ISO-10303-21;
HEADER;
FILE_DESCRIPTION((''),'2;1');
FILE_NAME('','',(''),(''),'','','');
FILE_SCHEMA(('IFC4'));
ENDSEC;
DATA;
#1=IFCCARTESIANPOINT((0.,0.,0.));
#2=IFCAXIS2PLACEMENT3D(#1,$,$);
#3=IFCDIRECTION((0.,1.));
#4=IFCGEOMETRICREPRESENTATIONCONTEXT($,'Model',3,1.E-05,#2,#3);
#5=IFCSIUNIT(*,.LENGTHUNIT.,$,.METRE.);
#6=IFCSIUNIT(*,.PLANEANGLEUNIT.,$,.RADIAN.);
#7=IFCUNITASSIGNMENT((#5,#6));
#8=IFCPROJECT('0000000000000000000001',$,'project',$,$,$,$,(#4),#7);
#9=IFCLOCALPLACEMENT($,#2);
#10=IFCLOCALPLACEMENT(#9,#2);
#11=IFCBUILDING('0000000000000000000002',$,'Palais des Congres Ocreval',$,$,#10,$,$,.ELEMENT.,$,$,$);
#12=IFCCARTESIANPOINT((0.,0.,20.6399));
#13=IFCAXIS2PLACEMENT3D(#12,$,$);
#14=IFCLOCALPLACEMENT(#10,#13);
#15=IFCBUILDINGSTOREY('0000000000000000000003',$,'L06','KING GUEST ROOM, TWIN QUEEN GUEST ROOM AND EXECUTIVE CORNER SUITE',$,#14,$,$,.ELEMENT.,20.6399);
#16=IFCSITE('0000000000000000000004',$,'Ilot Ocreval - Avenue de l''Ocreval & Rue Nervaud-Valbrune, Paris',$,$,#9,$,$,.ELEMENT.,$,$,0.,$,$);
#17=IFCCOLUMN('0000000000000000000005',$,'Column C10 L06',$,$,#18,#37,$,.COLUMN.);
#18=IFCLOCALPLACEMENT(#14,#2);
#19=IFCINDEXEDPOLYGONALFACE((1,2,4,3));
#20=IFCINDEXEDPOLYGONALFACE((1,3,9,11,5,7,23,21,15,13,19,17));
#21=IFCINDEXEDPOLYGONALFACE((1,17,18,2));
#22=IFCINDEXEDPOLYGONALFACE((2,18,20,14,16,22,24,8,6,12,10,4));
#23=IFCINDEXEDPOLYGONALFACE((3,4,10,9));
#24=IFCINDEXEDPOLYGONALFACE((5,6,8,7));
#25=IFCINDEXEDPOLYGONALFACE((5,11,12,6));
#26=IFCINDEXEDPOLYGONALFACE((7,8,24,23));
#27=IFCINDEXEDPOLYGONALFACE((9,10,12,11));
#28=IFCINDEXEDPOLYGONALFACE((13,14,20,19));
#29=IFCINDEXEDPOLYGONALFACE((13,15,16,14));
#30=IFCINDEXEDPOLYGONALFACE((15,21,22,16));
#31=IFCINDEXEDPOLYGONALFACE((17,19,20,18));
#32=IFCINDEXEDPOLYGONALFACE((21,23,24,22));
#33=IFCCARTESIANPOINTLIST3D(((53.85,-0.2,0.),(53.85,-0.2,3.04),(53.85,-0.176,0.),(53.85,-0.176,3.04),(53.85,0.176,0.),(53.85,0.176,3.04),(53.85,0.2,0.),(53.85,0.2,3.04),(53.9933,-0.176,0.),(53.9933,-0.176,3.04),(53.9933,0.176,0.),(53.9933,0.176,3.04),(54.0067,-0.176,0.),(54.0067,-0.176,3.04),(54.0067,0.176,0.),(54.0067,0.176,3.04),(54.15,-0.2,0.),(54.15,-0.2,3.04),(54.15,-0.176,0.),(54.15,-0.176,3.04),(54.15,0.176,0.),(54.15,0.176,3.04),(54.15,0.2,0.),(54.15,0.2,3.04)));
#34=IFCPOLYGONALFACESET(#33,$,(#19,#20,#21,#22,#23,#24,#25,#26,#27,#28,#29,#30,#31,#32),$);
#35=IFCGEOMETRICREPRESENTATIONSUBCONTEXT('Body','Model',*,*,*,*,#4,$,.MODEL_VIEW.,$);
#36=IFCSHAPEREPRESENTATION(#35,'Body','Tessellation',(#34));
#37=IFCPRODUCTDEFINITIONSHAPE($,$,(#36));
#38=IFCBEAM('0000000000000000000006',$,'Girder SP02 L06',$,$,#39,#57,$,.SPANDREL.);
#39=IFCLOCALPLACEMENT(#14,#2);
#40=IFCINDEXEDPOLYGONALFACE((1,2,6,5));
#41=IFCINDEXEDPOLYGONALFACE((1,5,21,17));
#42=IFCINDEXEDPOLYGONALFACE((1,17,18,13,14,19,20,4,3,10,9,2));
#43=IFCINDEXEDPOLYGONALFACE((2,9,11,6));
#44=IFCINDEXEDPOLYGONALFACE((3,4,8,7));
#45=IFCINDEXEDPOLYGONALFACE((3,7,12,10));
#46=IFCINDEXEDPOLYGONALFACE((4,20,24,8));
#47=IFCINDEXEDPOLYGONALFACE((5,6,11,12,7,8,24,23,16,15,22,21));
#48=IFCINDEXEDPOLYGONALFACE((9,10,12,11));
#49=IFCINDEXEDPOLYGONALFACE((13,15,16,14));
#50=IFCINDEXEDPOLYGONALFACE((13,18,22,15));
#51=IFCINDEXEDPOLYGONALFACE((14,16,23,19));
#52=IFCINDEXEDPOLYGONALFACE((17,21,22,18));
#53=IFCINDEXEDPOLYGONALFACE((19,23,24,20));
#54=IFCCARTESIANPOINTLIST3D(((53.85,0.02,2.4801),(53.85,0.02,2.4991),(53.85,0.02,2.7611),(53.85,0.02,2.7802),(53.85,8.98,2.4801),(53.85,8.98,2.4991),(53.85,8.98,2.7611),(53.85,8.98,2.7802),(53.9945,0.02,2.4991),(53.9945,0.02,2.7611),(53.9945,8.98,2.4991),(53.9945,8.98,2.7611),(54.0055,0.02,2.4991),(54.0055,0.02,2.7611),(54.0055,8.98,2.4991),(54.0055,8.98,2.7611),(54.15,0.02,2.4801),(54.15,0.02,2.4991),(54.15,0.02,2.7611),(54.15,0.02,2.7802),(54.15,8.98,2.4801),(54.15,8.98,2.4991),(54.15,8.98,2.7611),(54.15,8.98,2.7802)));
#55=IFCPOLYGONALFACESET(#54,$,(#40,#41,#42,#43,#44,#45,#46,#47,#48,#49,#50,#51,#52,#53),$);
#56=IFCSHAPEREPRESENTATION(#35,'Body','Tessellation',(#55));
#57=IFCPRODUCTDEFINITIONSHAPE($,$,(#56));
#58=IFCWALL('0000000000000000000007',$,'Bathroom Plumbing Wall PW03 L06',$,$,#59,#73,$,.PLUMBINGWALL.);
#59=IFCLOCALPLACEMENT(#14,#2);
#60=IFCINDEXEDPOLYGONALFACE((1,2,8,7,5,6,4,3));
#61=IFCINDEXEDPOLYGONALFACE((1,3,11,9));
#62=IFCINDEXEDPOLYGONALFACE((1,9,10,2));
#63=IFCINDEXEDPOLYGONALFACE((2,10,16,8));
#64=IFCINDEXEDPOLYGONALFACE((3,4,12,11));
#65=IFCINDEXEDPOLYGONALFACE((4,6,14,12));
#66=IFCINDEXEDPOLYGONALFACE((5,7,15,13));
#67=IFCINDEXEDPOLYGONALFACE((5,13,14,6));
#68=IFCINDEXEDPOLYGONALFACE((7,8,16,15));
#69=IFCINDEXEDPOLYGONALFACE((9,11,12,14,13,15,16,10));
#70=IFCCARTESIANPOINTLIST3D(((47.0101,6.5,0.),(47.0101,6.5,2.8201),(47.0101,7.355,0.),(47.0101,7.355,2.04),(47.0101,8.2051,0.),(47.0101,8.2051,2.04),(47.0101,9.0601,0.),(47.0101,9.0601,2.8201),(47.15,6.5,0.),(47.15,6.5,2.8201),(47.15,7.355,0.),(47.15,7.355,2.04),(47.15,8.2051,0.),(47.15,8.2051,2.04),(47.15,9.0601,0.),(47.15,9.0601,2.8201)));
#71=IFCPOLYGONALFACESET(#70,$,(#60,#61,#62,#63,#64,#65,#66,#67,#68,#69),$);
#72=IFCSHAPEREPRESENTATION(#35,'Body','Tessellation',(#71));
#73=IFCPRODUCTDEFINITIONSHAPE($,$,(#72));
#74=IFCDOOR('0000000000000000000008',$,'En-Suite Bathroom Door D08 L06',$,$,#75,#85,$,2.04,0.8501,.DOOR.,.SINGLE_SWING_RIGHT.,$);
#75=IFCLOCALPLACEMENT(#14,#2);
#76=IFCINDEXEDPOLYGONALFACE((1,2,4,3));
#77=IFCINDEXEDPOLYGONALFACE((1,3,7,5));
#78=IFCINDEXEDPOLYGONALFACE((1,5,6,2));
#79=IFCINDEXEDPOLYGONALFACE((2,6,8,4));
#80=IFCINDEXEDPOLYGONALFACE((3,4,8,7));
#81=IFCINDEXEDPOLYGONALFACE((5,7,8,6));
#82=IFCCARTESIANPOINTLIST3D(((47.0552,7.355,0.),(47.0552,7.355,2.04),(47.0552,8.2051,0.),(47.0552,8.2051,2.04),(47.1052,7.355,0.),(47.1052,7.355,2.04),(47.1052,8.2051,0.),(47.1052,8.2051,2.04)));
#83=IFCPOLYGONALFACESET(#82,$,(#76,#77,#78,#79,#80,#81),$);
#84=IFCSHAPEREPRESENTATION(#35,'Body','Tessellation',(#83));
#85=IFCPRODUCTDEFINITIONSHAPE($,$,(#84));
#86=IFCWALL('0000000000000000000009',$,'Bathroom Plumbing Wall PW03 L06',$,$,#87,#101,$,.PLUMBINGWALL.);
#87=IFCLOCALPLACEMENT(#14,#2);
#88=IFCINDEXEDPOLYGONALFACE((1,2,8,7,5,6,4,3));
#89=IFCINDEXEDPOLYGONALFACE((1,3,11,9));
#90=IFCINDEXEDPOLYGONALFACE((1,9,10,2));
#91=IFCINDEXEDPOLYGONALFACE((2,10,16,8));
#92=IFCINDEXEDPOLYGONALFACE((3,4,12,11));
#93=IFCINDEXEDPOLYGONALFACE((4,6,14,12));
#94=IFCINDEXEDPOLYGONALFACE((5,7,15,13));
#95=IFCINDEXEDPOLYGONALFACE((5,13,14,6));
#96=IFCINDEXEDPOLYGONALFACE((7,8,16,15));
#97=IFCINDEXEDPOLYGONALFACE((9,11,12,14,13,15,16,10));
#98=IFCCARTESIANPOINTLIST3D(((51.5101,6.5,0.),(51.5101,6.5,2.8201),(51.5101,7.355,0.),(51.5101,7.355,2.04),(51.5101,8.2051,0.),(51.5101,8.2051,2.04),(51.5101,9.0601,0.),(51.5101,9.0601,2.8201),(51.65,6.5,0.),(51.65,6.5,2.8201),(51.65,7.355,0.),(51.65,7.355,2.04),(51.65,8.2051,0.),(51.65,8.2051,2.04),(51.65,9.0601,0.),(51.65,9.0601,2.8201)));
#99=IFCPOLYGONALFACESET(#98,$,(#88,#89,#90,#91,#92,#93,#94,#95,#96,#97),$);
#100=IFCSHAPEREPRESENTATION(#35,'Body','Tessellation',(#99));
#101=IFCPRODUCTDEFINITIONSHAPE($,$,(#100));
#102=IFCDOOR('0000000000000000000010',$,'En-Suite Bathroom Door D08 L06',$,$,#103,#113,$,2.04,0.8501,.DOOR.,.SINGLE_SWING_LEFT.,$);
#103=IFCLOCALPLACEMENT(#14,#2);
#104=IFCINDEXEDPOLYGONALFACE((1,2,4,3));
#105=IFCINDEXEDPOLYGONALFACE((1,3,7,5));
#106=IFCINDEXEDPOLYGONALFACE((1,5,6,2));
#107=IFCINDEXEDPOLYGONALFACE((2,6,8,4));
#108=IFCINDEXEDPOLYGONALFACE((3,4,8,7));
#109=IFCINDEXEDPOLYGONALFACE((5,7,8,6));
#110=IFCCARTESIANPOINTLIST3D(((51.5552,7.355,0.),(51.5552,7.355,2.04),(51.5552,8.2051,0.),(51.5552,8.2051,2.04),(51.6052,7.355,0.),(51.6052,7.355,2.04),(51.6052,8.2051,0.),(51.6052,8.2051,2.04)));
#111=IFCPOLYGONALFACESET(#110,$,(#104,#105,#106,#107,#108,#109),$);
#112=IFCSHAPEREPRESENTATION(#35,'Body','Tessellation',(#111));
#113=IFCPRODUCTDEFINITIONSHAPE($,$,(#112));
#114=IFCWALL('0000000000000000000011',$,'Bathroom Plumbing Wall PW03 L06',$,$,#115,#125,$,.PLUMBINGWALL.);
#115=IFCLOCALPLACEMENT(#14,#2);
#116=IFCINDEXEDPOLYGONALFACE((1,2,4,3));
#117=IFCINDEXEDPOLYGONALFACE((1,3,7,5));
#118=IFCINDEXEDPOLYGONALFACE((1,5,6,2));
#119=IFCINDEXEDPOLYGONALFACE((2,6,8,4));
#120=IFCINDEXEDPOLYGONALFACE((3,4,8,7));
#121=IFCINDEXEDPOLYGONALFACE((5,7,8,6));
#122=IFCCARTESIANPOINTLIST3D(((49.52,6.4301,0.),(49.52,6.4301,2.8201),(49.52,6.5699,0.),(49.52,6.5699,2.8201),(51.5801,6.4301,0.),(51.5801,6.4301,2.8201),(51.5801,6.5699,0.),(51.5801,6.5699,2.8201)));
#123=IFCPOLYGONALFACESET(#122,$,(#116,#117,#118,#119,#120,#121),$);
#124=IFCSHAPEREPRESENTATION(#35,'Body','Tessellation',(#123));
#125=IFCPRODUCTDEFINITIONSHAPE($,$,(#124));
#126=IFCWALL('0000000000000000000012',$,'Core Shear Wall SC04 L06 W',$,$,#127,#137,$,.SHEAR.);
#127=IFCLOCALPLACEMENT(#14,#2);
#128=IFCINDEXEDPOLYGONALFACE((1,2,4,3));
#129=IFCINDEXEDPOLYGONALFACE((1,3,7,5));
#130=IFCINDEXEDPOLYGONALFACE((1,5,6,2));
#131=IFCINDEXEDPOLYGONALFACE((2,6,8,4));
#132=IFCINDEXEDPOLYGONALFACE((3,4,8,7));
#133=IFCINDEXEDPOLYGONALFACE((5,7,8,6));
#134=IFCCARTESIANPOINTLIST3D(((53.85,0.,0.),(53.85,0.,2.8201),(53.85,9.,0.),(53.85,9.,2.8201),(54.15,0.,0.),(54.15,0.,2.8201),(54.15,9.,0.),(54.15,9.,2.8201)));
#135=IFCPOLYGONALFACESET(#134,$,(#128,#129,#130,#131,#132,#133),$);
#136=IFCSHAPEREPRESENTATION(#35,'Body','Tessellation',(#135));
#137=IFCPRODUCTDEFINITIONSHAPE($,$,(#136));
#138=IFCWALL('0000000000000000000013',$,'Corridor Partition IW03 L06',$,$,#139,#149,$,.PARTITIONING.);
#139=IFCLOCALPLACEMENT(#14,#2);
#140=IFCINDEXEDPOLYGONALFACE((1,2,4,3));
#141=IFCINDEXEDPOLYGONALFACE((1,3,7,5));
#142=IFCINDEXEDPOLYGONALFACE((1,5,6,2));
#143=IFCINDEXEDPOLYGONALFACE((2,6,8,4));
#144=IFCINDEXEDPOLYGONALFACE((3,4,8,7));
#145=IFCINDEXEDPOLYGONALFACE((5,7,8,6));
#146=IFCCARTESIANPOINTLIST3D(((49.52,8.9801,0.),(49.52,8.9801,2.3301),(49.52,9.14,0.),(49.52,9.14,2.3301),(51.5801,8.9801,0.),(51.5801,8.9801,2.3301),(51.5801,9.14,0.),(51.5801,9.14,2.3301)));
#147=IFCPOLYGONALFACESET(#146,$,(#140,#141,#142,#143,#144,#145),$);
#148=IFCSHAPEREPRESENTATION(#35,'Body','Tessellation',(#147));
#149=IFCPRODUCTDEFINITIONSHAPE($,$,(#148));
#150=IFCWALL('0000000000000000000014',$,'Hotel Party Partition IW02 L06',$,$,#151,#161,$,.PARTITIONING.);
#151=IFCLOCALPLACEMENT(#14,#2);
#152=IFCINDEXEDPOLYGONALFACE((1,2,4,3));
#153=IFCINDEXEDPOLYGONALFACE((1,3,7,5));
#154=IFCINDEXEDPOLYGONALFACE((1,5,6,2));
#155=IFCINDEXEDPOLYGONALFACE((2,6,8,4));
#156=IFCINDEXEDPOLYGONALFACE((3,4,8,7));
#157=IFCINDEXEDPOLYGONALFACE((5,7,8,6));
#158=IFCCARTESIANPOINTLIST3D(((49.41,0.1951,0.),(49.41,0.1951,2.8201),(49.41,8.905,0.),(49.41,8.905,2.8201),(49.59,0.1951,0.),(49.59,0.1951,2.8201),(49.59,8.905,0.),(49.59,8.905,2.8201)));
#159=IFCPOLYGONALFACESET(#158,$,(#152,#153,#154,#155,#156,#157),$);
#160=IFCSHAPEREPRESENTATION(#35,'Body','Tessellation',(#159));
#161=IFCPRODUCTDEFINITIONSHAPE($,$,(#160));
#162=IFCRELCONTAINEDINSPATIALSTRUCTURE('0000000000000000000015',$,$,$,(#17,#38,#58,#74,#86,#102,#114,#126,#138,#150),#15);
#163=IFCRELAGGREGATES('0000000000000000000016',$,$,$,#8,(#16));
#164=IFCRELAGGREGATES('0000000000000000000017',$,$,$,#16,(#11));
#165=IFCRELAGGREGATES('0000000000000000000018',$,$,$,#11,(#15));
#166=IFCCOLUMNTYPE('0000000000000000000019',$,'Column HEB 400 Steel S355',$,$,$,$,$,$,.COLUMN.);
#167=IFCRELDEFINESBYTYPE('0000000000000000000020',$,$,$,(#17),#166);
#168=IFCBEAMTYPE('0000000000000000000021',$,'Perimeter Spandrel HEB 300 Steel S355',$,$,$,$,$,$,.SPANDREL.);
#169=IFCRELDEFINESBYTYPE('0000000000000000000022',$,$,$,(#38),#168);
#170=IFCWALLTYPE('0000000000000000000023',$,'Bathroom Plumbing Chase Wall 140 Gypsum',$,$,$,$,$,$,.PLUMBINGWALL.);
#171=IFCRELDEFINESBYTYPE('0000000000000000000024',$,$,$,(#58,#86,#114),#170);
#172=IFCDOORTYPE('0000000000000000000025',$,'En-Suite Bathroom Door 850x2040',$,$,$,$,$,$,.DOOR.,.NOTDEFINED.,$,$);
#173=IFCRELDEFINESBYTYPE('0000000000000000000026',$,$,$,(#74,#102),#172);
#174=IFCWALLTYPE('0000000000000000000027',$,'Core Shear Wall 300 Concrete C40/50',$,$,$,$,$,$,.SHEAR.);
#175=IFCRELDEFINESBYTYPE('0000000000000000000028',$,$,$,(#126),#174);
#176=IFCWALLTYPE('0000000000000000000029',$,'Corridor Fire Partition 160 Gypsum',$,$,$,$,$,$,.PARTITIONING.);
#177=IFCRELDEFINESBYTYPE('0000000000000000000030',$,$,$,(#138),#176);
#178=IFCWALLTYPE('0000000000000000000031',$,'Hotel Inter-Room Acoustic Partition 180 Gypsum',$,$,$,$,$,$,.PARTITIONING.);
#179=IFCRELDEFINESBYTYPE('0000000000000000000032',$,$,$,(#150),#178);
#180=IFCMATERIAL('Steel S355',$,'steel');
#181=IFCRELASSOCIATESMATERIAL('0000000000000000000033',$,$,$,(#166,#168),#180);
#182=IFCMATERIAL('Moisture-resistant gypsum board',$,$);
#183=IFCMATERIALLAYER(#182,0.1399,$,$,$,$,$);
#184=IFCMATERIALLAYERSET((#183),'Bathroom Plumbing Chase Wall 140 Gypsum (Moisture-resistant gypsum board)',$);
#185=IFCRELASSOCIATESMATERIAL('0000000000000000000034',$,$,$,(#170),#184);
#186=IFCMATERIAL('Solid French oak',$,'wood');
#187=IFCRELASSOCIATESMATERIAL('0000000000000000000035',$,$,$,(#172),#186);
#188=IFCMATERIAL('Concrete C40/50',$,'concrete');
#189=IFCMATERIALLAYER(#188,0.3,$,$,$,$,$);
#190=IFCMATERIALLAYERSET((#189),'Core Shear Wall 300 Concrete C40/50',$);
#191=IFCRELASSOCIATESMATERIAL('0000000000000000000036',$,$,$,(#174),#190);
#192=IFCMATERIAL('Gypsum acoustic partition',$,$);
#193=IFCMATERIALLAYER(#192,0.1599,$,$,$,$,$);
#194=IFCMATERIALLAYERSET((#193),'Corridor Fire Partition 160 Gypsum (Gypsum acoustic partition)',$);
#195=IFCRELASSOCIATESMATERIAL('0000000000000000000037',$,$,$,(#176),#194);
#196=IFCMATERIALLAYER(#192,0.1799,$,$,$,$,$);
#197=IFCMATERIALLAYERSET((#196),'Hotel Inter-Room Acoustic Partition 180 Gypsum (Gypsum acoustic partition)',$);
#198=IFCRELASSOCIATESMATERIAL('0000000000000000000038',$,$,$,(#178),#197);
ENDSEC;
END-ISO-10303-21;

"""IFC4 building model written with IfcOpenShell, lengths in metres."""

from ifc_helpers import new_model, si_unit, direction, frame, frame_2d, origin, origin_2d, place, context, subcontext, project, spatial, rectangle, i_section, extrude, material, layer, layer_set, material_profile, profile_set, type_object, element, fill, save


model = new_model("IFC4")

# Units and contexts
model_context = context("Model", 3, precision=1e-05, world=origin(), true_north=direction((0.0, 1.0)))
body_context = subcontext(model_context, "Body", "Model", "MODEL_VIEW")
ifc_project = project(units=[si_unit("LENGTHUNIT", "METRE"), si_unit("PLANEANGLEUNIT", "RADIAN")], contexts=[model_context])

# Site, building, storey
site_placement = place(None, origin())
site = spatial("IfcSite", under=ifc_project, at=site_placement, Name="Ilot Ocreval - Avenue de l'Ocreval & Rue Nervaud-Valbrune, Paris", CompositionType="ELEMENT", RefElevation=0.0)
building_placement = place(site_placement, origin())
building = spatial("IfcBuilding", under=site, at=building_placement, Name="Palais des Congres Ocreval", CompositionType="ELEMENT")
storey_placement = place(building_placement, frame((0.0, 0.0, 20.6399)))
storey = spatial("IfcBuildingStorey", under=building, at=storey_placement, Name="L06", Description="KING GUEST ROOM, TWIN QUEEN GUEST ROOM AND EXECUTIVE CORNER SUITE", CompositionType="ELEMENT", Elevation=20.6399)

# Column
ifc_material_1 = material(Name="Steel S355", Category="steel")
ifc_material_profile_1 = material_profile(ifc_material_1, i_section(OverallWidth=0.3, OverallDepth=0.3999, WebThickness=0.0134, FlangeThickness=0.0239, at=origin_2d()), Name="HEB 400")
ifc_profile_set_1 = profile_set([ifc_material_profile_1], Name="Steel S355")
column_type = type_object("IfcColumnType", Name="Column HEB 400 Steel S355", PredefinedType="COLUMN", material=ifc_profile_set_1)
column_placement = place(storey_placement, frame((54.0, 0.0, 0.0), z_axis=(0.0, 0.0, 1.0), x_axis=(1.0, 0.0, 0.0)))
element("IfcColumn", 1, at=column_placement, inside=storey, type_object=column_type, Name="Column C10 L06", PredefinedType="COLUMN", context=body_context, shape_type="SweptSolid", body=[
    extrude(i_section(OverallWidth=0.3, OverallDepth=0.3999, WebThickness=0.0134, FlangeThickness=0.0239, at=origin_2d()), origin(), (0.0, 0.0, 1.0), 3.04),
])

# Beam
ifc_material_profile_2 = material_profile(ifc_material_1, i_section(OverallWidth=0.3, OverallDepth=0.3, WebThickness=0.011, FlangeThickness=0.019, at=origin_2d()), Name="HEB 300")
ifc_profile_set_2 = profile_set([ifc_material_profile_2], Name="Steel S355")
beam_type = type_object("IfcBeamType", Name="Perimeter Spandrel HEB 300 Steel S355", PredefinedType="SPANDREL", material=ifc_profile_set_2)
beam_placement = place(storey_placement, frame((54.0, 0.02, 2.6301), z_axis=(0.0, 1.0, 0.0), x_axis=(-1.0, 0.0, 0.0)))
element("IfcBeam", 2, at=beam_placement, inside=storey, type_object=beam_type, Name="Girder SP02 L06", PredefinedType="SPANDREL", context=body_context, shape_type="SweptSolid", body=[
    extrude(i_section(OverallWidth=0.3, OverallDepth=0.3, WebThickness=0.011, FlangeThickness=0.019, at=origin_2d()), origin(), (0.0, 0.0, 1.0), 8.96),
])

# Walls, openings, doors
ifc_material_2 = material(Name="Moisture-resistant gypsum board")
ifc_layer_1 = layer(ifc_material_2, 0.1399)
ifc_layer_set_1 = layer_set([ifc_layer_1], Name="Bathroom Plumbing Chase Wall 140 Gypsum (Moisture-resistant gypsum board)")
wall_type_1 = type_object("IfcWallType", Name="Bathroom Plumbing Chase Wall 140 Gypsum", PredefinedType="PLUMBINGWALL", material=ifc_layer_set_1)
wall_1_placement = place(storey_placement, frame((47.0801, 6.5, 0.0), z_axis=(0.0, 0.0, 1.0), x_axis=(0.0, 1.0, 0.0)))
wall_1 = element("IfcWall", 3, at=wall_1_placement, inside=storey, type_object=wall_type_1, Name="Bathroom Plumbing Wall PW03 L06", PredefinedType="PLUMBINGWALL", context=body_context, shape_type="SweptSolid", body=[
    extrude(rectangle(XDim=2.5601, YDim=0.1399, at=frame_2d((1.28, 0.0))), origin(), (0.0, 0.0, 1.0), 2.8201),
])
opening_1_placement = place(wall_1_placement, frame((0.855, 0.0, 0.0)))
opening_1 = element("IfcOpeningElement", 4, at=opening_1_placement, cuts=wall_1, PredefinedType="OPENING", context=body_context, shape_type="SweptSolid", body=[
    extrude(rectangle(XDim=0.8501, YDim=2.04, at=frame_2d((0.425, 1.02))), frame((0.0, 0.0798, 0.0), z_axis=(0.0, -1.0, 0.0), x_axis=(1.0, 0.0, 0.0)), (0.0, 0.0, 1.0), 0.1599),
])
ifc_material_3 = material(Name="Solid French oak", Category="wood")
door_type_1 = type_object("IfcDoorType", Name="En-Suite Bathroom Door 850x2040", OperationType="NOTDEFINED", PredefinedType="DOOR", material=ifc_material_3)
door_1_placement = place(opening_1_placement, origin())
door_1 = element("IfcDoor", 5, at=door_1_placement, inside=storey, type_object=door_type_1, Name="En-Suite Bathroom Door D08 L06", OperationType="SINGLE_SWING_RIGHT", OverallHeight=2.04, OverallWidth=0.8501, PredefinedType="DOOR", context=body_context, shape_type="SweptSolid", body=[
    extrude(rectangle(XDim=0.8501, YDim=2.04, at=frame_2d((0.425, 1.02))), frame((0.0, 0.0249, 0.0), z_axis=(0.0, -1.0, 0.0), x_axis=(1.0, 0.0, 0.0)), (0.0, 0.0, 1.0), 0.05),
])
fill(opening_1, door_1)
wall_2_placement = place(storey_placement, frame((51.5801, 6.5, 0.0), z_axis=(0.0, 0.0, 1.0), x_axis=(0.0, 1.0, 0.0)))
wall_2 = element("IfcWall", 6, at=wall_2_placement, inside=storey, type_object=wall_type_1, Name="Bathroom Plumbing Wall PW03 L06", PredefinedType="PLUMBINGWALL", context=body_context, shape_type="SweptSolid", body=[
    extrude(rectangle(XDim=2.5601, YDim=0.1399, at=frame_2d((1.28, 0.0))), origin(), (0.0, 0.0, 1.0), 2.8201),
])
opening_2_placement = place(wall_2_placement, frame((0.855, 0.0, 0.0)))
opening_2 = element("IfcOpeningElement", 7, at=opening_2_placement, cuts=wall_2, PredefinedType="OPENING", context=body_context, shape_type="SweptSolid", body=[
    extrude(rectangle(XDim=0.8501, YDim=2.04, at=frame_2d((0.425, 1.02))), frame((0.0, 0.0798, 0.0), z_axis=(0.0, -1.0, 0.0), x_axis=(1.0, 0.0, 0.0)), (0.0, 0.0, 1.0), 0.1599),
])
door_2_placement = place(opening_2_placement, origin())
door_2 = element("IfcDoor", 8, at=door_2_placement, inside=storey, type_object=door_type_1, Name="En-Suite Bathroom Door D08 L06", OperationType="SINGLE_SWING_LEFT", OverallHeight=2.04, OverallWidth=0.8501, PredefinedType="DOOR", context=body_context, shape_type="SweptSolid", body=[
    extrude(rectangle(XDim=0.8501, YDim=2.04, at=frame_2d((0.425, 1.02))), frame((0.0, 0.0249, 0.0), z_axis=(0.0, -1.0, 0.0), x_axis=(1.0, 0.0, 0.0)), (0.0, 0.0, 1.0), 0.05),
])
fill(opening_2, door_2)

# Walls
wall_3_placement = place(storey_placement, frame((49.52, 6.5, 0.0), z_axis=(0.0, 0.0, 1.0), x_axis=(1.0, 0.0, 0.0)))
element("IfcWall", 9, at=wall_3_placement, inside=storey, type_object=wall_type_1, Name="Bathroom Plumbing Wall PW03 L06", PredefinedType="PLUMBINGWALL", context=body_context, shape_type="SweptSolid", body=[
    extrude(rectangle(XDim=2.0601, YDim=0.1399, at=frame_2d((1.03, 0.0))), origin(), (0.0, 0.0, 1.0), 2.8201),
])
ifc_material_4 = material(Name="Concrete C40/50", Category="concrete")
ifc_layer_2 = layer(ifc_material_4, 0.3)
ifc_layer_set_2 = layer_set([ifc_layer_2], Name="Core Shear Wall 300 Concrete C40/50")
wall_type_2 = type_object("IfcWallType", Name="Core Shear Wall 300 Concrete C40/50", PredefinedType="SHEAR", material=ifc_layer_set_2)
wall_4_placement = place(storey_placement, frame((54.0, 0.0, 0.0), z_axis=(0.0, 0.0, 1.0), x_axis=(0.0, 1.0, 0.0)))
element("IfcWall", 10, at=wall_4_placement, inside=storey, type_object=wall_type_2, Name="Core Shear Wall SC04 L06 W", PredefinedType="SHEAR", context=body_context, shape_type="SweptSolid", body=[
    extrude(rectangle(XDim=9.0, YDim=0.3, at=frame_2d((4.5, 0.0))), origin(), (0.0, 0.0, 1.0), 2.8201),
])
ifc_material_5 = material(Name="Gypsum acoustic partition")
ifc_layer_3 = layer(ifc_material_5, 0.1599)
ifc_layer_set_3 = layer_set([ifc_layer_3], Name="Corridor Fire Partition 160 Gypsum (Gypsum acoustic partition)")
wall_type_3 = type_object("IfcWallType", Name="Corridor Fire Partition 160 Gypsum", PredefinedType="PARTITIONING", material=ifc_layer_set_3)
wall_5_placement = place(storey_placement, frame((49.52, 9.0601, 0.0), z_axis=(0.0, 0.0, 1.0), x_axis=(1.0, 0.0, 0.0)))
element("IfcWall", 11, at=wall_5_placement, inside=storey, type_object=wall_type_3, Name="Corridor Partition IW03 L06", PredefinedType="PARTITIONING", context=body_context, shape_type="SweptSolid", body=[
    extrude(rectangle(XDim=2.0601, YDim=0.1599, at=frame_2d((1.03, 0.0))), origin(), (0.0, 0.0, 1.0), 2.3301),
])

# Wall
ifc_layer_4 = layer(ifc_material_5, 0.1799)
ifc_layer_set_4 = layer_set([ifc_layer_4], Name="Hotel Inter-Room Acoustic Partition 180 Gypsum (Gypsum acoustic partition)")
wall_type_4 = type_object("IfcWallType", Name="Hotel Inter-Room Acoustic Partition 180 Gypsum", PredefinedType="PARTITIONING", material=ifc_layer_set_4)
wall_6_placement = place(storey_placement, frame((49.5, 0.1951, 0.0), z_axis=(0.0, 0.0, 1.0), x_axis=(0.0, 1.0, 0.0)))
element("IfcWall", 12, at=wall_6_placement, inside=storey, type_object=wall_type_4, Name="Hotel Party Partition IW02 L06", PredefinedType="PARTITIONING", context=body_context, shape_type="SweptSolid", body=[
    extrude(rectangle(XDim=8.71, YDim=0.1799, at=frame_2d((4.355, 0.0))), origin(), (0.0, 0.0, 1.0), 2.8201),
])

save(model, "model.ifc")
